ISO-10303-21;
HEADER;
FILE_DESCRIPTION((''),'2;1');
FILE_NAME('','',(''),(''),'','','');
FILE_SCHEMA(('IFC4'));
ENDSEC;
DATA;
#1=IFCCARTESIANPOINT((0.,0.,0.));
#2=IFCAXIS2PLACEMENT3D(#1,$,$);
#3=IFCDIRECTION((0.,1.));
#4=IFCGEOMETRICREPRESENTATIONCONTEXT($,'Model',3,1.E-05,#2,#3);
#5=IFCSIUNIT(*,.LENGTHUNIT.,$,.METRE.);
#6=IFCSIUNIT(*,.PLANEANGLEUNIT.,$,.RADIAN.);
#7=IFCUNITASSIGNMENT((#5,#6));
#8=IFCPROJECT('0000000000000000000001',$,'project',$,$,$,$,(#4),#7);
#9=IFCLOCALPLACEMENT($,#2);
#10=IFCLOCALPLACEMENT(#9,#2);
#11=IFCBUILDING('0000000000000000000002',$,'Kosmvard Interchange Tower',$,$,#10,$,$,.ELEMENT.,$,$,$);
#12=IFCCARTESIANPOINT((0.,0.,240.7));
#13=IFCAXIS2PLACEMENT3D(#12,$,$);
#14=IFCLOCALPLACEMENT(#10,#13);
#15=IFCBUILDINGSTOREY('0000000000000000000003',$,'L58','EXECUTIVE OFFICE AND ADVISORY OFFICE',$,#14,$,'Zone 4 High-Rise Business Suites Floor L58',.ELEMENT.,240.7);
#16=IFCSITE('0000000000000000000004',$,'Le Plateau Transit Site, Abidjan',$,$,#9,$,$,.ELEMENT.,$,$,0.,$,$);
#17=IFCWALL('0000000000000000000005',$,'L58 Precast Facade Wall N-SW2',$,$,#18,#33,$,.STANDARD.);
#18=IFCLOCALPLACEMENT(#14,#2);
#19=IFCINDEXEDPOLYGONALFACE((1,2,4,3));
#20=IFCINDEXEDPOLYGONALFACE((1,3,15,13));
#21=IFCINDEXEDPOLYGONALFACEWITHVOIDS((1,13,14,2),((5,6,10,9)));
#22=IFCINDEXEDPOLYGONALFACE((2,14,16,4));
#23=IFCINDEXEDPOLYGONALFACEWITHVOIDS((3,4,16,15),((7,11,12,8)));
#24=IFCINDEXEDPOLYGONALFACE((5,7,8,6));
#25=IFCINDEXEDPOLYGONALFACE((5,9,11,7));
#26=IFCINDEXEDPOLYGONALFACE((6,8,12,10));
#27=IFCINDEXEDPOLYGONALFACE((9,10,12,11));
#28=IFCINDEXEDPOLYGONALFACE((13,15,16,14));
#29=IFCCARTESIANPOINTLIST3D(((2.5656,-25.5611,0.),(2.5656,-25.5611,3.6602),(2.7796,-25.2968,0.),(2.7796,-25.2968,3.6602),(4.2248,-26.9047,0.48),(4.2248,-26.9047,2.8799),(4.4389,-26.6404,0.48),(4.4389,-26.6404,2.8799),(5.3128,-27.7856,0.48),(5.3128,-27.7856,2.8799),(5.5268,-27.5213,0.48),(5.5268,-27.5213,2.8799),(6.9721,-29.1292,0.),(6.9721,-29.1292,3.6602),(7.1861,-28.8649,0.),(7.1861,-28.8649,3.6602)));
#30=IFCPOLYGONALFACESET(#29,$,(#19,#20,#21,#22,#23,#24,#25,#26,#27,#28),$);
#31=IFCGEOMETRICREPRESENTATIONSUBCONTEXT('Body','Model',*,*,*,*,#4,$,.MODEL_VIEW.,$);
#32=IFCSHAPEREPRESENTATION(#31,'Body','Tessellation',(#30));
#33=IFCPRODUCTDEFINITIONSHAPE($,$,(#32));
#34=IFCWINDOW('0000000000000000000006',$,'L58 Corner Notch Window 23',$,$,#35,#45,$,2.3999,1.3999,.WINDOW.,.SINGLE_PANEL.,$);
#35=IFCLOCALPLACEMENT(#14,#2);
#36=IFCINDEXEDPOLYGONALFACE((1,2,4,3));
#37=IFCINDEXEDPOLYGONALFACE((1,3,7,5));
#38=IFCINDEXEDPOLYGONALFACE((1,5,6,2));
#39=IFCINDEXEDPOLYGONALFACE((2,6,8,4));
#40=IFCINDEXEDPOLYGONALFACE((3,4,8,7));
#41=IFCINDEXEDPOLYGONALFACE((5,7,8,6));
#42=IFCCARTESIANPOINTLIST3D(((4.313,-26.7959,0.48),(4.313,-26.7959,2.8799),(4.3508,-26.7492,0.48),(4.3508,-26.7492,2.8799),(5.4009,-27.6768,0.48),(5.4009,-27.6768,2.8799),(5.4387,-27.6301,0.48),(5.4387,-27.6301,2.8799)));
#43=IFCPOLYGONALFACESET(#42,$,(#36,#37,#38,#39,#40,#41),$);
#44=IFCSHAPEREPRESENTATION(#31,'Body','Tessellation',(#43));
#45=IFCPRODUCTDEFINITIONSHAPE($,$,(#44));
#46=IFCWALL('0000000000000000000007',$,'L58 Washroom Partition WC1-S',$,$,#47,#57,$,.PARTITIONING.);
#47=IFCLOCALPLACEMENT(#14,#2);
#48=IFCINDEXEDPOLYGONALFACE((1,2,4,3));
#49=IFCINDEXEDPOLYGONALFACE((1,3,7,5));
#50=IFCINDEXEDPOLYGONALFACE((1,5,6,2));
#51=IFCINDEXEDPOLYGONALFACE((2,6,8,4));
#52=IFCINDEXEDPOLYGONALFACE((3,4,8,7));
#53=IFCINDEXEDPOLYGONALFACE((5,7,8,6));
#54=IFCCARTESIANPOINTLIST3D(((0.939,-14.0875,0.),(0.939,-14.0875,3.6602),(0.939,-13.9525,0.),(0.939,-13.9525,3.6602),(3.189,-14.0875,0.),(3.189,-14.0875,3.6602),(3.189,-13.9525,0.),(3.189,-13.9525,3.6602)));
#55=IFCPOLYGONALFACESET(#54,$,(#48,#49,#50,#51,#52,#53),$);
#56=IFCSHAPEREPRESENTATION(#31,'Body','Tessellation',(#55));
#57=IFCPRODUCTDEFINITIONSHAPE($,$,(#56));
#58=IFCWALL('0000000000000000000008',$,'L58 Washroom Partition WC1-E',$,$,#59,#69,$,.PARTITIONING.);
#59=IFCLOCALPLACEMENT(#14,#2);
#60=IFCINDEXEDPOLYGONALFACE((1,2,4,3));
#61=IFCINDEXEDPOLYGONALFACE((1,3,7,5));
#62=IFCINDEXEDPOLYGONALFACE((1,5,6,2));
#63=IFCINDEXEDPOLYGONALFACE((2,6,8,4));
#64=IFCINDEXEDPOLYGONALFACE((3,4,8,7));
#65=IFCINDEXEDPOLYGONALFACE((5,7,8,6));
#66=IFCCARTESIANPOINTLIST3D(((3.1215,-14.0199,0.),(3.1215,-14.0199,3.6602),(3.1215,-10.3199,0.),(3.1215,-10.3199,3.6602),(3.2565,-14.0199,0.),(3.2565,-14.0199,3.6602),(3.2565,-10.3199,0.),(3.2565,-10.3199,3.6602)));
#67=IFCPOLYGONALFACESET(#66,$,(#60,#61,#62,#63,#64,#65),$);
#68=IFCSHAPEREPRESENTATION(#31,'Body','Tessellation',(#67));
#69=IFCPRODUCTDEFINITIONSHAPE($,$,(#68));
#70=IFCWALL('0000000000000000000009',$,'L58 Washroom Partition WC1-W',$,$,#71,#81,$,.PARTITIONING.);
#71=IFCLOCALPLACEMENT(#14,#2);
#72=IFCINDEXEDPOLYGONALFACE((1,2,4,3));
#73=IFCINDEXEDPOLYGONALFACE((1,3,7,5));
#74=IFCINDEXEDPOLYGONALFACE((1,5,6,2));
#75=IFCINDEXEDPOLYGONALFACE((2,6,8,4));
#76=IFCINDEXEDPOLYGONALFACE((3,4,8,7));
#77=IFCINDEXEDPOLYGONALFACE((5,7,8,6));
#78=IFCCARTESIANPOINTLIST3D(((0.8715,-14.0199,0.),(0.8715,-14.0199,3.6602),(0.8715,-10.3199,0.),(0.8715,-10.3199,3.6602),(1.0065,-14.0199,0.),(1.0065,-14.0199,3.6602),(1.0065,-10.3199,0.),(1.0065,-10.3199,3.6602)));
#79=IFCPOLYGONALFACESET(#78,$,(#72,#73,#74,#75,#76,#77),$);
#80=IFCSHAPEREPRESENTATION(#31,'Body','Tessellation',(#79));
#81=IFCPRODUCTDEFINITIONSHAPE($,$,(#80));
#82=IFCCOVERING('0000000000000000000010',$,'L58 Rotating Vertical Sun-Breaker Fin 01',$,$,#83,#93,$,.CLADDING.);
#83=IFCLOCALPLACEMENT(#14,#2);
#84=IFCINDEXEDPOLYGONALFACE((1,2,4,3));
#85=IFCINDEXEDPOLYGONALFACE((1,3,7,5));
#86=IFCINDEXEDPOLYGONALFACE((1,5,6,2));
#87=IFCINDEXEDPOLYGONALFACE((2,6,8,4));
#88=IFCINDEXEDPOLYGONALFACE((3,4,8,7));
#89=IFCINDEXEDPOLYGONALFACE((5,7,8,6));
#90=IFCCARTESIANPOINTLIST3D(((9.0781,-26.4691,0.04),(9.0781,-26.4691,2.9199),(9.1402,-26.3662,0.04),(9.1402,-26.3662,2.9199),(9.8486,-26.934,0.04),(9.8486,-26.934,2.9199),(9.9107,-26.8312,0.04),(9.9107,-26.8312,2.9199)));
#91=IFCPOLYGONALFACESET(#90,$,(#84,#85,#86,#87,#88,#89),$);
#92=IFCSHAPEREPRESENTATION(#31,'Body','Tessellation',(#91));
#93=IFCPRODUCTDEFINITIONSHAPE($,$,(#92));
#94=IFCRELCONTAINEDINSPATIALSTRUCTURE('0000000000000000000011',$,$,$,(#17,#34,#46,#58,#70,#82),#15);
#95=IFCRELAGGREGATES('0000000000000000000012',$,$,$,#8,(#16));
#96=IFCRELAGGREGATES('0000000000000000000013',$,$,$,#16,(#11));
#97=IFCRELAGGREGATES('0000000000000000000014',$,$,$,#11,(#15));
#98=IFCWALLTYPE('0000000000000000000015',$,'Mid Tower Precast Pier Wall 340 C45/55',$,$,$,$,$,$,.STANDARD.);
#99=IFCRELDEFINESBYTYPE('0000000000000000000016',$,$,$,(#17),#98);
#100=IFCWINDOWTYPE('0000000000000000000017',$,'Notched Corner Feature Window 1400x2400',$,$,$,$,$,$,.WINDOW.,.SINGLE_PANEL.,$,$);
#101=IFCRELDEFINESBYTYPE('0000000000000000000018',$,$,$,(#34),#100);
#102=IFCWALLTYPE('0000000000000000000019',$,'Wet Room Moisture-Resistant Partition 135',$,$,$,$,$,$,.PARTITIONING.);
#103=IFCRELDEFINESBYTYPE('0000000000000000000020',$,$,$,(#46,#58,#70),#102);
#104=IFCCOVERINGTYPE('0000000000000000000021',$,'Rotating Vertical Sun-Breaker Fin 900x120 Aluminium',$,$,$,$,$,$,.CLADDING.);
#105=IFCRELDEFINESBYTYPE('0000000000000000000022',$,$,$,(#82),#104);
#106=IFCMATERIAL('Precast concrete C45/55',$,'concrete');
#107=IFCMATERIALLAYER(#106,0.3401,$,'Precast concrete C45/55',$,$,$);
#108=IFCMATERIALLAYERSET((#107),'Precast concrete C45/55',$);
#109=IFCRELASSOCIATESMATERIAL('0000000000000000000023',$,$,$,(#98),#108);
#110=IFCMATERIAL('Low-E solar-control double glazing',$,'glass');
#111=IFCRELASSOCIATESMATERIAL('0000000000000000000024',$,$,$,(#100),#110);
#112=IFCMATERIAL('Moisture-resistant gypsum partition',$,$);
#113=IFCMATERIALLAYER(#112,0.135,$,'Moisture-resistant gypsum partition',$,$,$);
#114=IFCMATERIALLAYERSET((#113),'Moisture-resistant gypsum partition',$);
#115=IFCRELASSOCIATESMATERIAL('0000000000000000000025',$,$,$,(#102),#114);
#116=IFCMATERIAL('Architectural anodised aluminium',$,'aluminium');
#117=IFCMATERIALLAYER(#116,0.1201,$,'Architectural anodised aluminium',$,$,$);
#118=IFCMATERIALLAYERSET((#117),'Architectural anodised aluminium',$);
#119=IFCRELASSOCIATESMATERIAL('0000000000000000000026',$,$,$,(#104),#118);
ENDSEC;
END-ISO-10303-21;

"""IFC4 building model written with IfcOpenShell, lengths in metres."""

from ifc_helpers import new_model, si_unit, direction, frame, frame_2d, origin, origin_2d, place, context, subcontext, project, spatial, rectangle, extrude, source, transform, mapped, material, layer, layer_set, type_object, element, fill, save


model = new_model("IFC4")

# Units and contexts
model_context = context("Model", 3, precision=1e-05, world=origin(), true_north=direction((0.0, 1.0)))
body_context = subcontext(model_context, "Body", "Model", "MODEL_VIEW")
ifc_project = project(units=[si_unit("LENGTHUNIT", "METRE"), si_unit("PLANEANGLEUNIT", "RADIAN")], contexts=[model_context])

# Site, building, storey
site_placement = place(None, origin())
site = spatial("IfcSite", under=ifc_project, at=site_placement, Name="Le Plateau Transit Site, Abidjan", CompositionType="ELEMENT", RefElevation=0.0)
building_placement = place(site_placement, origin())
building = spatial("IfcBuilding", under=site, at=building_placement, Name="Kosmvard Interchange Tower", CompositionType="ELEMENT")
storey_placement = place(building_placement, frame((0.0, 0.0, 240.7)))
storey = spatial("IfcBuildingStorey", under=building, at=storey_placement, Name="L58", Description="EXECUTIVE OFFICE AND ADVISORY OFFICE", LongName="Zone 4 High-Rise Business Suites Floor L58", CompositionType="ELEMENT", Elevation=240.7)

# Shared definitions
ifc_material_1 = material(Name="Precast concrete C45/55", Category="concrete")
ifc_layer_1 = layer(ifc_material_1, 0.3401, Name="Precast concrete C45/55")
ifc_layer_set_1 = layer_set([ifc_layer_1], Name="Precast concrete C45/55")
wall_type_1 = type_object("IfcWallType", Name="Mid Tower Precast Pier Wall 340 C45/55", PredefinedType="STANDARD", material=ifc_layer_set_1)
ifc_material_2 = material(Name="Low-E solar-control double glazing", Category="glass")
window_type_1 = type_object("IfcWindowType", Name="Notched Corner Feature Window 1400x2400", PartitioningType="SINGLE_PANEL", PredefinedType="WINDOW", material=ifc_material_2)
shared_shape_1 = source(origin(), body_context, "Body", "SweptSolid", [
    extrude(rectangle(XDim=1.3999, YDim=2.3999, at=frame_2d((0.7, 1.2))), frame((0.0, 0.03, 0.0), z_axis=(0.0, -1.0, 0.0), x_axis=(1.0, 0.0, 0.0)), (0.0, 0.0, 1.0), 0.0601),
])

# Wall, opening, window
wall_1_placement = place(storey_placement, frame((2.6726, -25.429, 0.0), z_axis=(0.0, 0.0, 1.0), x_axis=(0.777163, -0.6293, 0.0)))
wall_1 = element("IfcWall", 1, at=wall_1_placement, inside=storey, type_object=wall_type_1, Name="L58 Precast Facade Wall N-SW2", PredefinedType="STANDARD", context=body_context, shape_type="SweptSolid", body=[
    extrude(rectangle(XDim=5.6699, YDim=0.3401, at=frame_2d((2.835, 0.0))), origin(), (0.0, 0.0, 1.0), 3.6602),
])
opening_1_placement = place(wall_1_placement, frame((2.135, 0.0, 0.48)))
opening_1 = element("IfcOpeningElement", 2, at=opening_1_placement, cuts=wall_1, PredefinedType="OPENING", context=body_context, shape_type="SweptSolid", body=[
    extrude(rectangle(XDim=1.3999, YDim=2.3999, at=frame_2d((0.7, 1.2))), frame((0.0, 0.1802, 0.0), z_axis=(0.0, -1.0, 0.0), x_axis=(1.0, 0.0, 0.0)), (0.0, 0.0, 1.0), 0.3601),
])
window_1_placement = place(opening_1_placement, origin())
window_1 = element("IfcWindow", 3, at=window_1_placement, inside=storey, type_object=window_type_1, Name="L58 Corner Notch Window 23", OverallHeight=2.3999, OverallWidth=1.3999, PartitioningType="SINGLE_PANEL", PredefinedType="WINDOW", context=body_context, shape_type="MappedRepresentation", body=[
    mapped(shared_shape_1, transform((0.0, 0.0, 0.0), scale=1.0)),
])
fill(opening_1, window_1)

# Walls
ifc_material_3 = material(Name="Moisture-resistant gypsum partition")
ifc_layer_2 = layer(ifc_material_3, 0.135, Name="Moisture-resistant gypsum partition")
ifc_layer_set_2 = layer_set([ifc_layer_2], Name="Moisture-resistant gypsum partition")
wall_type_2 = type_object("IfcWallType", Name="Wet Room Moisture-Resistant Partition 135", PredefinedType="PARTITIONING", material=ifc_layer_set_2)
wall_2_placement = place(storey_placement, frame((0.939, -14.02, 0.0), z_axis=(0.0, 0.0, 1.0), x_axis=(1.0, 0.0, 0.0)))
element("IfcWall", 4, at=wall_2_placement, inside=storey, type_object=wall_type_2, Name="L58 Washroom Partition WC1-S", PredefinedType="PARTITIONING", context=body_context, shape_type="SweptSolid", body=[
    extrude(rectangle(XDim=2.25, YDim=0.135, at=frame_2d((1.125, 0.0))), origin(), (0.0, 0.0, 1.0), 3.6602),
])
for number, where, z_axis, x_axis, name in (
    (5, (3.189, -14.02, 0.0), (0.0, 0.0, 1.0), (0.0, 1.0, 0.0), "L58 Washroom Partition WC1-E"),
    (6, (0.939, -14.02, 0.0), (0.0, 0.0, 1.0), (0.0, 1.0, 0.0), "L58 Washroom Partition WC1-W"),
):
    element("IfcWall", number, at=place(storey_placement, frame(where, z_axis=z_axis, x_axis=x_axis)), inside=storey, type_object=wall_type_2, Name=name, PredefinedType="PARTITIONING", context=body_context, shape_type="SweptSolid", body=[
        extrude(rectangle(XDim=3.7, YDim=0.135, at=frame_2d((1.8501, 0.0))), origin(), (0.0, 0.0, 1.0), 3.6602),
    ])

# Covering
ifc_material_4 = material(Name="Architectural anodised aluminium", Category="aluminium")
ifc_layer_3 = layer(ifc_material_4, 0.1201, Name="Architectural anodised aluminium")
ifc_layer_set_3 = layer_set([ifc_layer_3], Name="Architectural anodised aluminium")
covering_type = type_object("IfcCoveringType", Name="Rotating Vertical Sun-Breaker Fin 900x120 Aluminium", PredefinedType="CLADDING", material=ifc_layer_set_3)
shared_shape_2 = source(origin(), body_context, "Body", "SweptSolid", [
    extrude(rectangle(XDim=0.8999, YDim=0.1201, at=origin_2d()), origin(), (0.0, 0.0, 1.0), 2.8799),
])
covering_placement = place(storey_placement, frame((9.4944, -26.6501, 0.04), z_axis=(0.0, 0.0, 1.0), x_axis=(0.856177, -0.516683, 0.0)))
element("IfcCovering", 7, at=covering_placement, inside=storey, type_object=covering_type, Name="L58 Rotating Vertical Sun-Breaker Fin 01", PredefinedType="CLADDING", context=body_context, shape_type="MappedRepresentation", body=[
    mapped(shared_shape_2, transform((0.0, 0.0, 0.0), scale=1.0)),
])

save(model, "model.ifc")
